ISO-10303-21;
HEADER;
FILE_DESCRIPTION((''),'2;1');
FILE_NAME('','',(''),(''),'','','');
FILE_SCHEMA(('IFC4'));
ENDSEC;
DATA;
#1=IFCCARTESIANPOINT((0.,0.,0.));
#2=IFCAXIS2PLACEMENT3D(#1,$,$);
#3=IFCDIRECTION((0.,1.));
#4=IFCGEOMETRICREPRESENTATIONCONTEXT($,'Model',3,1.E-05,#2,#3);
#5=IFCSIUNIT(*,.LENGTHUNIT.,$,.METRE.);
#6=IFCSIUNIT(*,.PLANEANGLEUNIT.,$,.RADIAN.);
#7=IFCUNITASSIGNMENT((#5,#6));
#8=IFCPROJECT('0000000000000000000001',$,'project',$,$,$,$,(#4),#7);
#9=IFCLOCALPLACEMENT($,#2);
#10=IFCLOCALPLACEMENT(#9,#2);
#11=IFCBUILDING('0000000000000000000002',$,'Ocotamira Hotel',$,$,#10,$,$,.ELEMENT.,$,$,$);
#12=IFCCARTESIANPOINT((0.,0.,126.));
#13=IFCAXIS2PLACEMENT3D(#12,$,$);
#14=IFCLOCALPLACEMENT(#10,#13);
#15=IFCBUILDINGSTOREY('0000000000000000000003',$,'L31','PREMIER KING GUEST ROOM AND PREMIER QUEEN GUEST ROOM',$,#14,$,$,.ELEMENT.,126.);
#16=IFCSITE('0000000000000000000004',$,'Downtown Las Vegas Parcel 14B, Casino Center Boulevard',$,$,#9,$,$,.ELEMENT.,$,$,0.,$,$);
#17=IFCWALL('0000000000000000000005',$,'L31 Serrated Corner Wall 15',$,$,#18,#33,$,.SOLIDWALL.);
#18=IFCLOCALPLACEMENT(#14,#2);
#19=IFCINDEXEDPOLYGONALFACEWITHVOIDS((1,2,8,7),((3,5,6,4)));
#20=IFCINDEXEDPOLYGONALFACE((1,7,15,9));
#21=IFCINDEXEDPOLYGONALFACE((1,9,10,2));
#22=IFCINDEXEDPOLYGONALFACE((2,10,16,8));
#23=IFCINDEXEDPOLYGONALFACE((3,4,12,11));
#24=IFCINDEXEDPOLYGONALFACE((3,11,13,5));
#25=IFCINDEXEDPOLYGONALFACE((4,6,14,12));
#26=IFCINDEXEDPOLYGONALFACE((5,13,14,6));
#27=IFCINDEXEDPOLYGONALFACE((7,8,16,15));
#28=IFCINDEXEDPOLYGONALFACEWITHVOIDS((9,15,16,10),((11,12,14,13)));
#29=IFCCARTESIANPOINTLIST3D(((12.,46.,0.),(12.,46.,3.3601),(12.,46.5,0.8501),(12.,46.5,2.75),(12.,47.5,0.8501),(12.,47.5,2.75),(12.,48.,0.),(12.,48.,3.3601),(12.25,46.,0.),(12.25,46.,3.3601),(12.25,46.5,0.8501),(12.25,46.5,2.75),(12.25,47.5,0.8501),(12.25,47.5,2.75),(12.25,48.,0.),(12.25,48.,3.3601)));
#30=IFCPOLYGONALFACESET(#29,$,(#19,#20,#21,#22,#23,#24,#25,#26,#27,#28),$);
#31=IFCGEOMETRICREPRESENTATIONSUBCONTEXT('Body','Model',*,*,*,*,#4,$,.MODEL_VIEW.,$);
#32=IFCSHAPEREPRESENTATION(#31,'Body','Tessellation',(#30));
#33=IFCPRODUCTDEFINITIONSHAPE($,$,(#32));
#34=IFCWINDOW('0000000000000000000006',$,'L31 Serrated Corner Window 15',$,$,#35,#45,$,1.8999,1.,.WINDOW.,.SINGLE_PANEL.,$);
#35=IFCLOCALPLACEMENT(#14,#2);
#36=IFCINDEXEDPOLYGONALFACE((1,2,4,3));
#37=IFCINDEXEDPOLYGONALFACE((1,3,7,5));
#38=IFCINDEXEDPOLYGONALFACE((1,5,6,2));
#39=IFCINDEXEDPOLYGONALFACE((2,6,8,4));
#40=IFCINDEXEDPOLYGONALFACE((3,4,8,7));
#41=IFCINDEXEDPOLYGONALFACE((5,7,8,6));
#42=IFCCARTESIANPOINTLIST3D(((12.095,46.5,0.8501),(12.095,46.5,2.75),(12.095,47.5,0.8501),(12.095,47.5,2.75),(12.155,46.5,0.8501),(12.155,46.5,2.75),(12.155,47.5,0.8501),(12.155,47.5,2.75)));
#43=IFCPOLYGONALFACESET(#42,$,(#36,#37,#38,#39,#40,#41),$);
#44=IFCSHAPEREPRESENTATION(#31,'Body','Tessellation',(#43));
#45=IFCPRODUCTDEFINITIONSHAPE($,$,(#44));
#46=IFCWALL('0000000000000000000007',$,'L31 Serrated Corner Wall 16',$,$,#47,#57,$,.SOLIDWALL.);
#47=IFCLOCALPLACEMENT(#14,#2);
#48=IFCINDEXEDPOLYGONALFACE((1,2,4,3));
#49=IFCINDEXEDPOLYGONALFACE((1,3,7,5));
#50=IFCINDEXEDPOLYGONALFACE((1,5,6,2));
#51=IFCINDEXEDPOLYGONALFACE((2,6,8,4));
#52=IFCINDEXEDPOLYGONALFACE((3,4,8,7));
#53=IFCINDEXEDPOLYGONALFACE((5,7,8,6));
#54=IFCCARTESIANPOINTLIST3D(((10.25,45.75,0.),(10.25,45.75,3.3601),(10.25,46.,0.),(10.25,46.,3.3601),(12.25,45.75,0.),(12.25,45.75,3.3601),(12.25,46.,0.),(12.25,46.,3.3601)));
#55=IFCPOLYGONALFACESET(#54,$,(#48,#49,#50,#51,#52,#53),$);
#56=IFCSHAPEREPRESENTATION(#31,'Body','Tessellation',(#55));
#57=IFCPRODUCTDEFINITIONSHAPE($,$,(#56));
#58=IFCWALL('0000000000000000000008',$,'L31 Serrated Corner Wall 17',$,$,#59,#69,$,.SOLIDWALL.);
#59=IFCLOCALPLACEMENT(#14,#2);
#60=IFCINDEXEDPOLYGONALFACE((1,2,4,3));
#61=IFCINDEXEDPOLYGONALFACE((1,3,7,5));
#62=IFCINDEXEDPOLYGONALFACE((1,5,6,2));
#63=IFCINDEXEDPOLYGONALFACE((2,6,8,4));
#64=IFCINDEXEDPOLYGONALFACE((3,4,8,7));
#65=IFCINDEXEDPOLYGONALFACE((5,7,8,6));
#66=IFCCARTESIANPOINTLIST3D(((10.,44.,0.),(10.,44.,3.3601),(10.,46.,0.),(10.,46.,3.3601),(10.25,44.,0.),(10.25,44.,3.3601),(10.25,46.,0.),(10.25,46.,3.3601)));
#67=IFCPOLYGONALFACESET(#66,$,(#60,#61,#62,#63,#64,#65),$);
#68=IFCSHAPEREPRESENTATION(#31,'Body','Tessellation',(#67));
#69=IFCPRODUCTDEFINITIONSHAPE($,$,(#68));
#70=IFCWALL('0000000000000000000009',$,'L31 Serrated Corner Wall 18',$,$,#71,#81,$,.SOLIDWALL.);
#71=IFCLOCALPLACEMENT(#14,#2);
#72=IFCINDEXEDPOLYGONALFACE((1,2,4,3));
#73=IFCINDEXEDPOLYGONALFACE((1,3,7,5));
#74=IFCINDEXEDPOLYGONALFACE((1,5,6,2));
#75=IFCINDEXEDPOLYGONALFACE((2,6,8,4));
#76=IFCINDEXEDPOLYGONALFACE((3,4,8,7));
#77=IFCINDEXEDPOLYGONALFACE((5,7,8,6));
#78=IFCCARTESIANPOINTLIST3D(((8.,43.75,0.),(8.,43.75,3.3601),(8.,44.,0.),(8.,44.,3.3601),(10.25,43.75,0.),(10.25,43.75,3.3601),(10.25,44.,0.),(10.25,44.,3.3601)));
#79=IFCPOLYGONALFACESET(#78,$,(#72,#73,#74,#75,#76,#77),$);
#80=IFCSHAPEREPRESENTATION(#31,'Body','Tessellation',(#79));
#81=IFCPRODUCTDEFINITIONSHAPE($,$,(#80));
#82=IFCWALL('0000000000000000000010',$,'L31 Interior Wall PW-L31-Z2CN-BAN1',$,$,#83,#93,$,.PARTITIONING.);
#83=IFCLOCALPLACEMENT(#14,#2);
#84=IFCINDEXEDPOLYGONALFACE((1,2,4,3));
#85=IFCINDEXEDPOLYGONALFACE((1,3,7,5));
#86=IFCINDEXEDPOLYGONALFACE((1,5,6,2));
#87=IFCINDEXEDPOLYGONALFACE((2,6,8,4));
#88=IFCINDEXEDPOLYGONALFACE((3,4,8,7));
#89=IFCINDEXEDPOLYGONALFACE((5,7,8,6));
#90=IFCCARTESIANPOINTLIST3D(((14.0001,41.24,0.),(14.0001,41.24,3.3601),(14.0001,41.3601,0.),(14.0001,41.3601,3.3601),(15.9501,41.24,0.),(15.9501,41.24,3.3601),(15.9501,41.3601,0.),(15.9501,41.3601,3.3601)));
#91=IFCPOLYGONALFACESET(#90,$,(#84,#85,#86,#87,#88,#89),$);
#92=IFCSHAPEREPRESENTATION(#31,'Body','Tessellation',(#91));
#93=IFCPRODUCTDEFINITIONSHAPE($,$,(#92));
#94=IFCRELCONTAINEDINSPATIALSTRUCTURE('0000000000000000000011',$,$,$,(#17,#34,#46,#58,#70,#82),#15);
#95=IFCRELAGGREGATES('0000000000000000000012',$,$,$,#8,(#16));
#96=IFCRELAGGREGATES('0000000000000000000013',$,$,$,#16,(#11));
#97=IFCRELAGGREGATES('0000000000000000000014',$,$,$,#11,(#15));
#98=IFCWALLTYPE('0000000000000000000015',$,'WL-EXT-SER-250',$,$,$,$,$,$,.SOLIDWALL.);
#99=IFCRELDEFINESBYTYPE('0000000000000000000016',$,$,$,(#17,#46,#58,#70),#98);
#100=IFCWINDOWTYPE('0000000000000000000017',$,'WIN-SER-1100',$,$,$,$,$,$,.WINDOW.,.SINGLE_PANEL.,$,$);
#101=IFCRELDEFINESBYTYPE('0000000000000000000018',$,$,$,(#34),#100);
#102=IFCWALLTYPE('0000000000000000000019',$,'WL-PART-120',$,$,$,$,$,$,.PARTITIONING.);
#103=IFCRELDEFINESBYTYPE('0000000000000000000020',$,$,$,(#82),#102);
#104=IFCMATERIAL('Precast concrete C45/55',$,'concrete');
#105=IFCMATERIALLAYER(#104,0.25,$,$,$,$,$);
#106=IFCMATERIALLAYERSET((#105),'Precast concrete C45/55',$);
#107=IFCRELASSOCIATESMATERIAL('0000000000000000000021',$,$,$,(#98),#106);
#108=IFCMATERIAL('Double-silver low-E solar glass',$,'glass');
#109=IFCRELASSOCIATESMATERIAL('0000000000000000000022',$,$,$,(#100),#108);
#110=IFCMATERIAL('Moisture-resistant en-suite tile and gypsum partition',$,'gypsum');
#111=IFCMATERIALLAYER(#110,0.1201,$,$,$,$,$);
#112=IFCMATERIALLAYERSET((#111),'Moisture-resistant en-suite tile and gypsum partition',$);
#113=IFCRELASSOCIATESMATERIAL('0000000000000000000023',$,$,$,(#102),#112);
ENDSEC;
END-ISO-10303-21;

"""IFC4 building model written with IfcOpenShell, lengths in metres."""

from ifc_helpers import new_model, si_unit, direction, frame, frame_2d, origin, place, context, subcontext, project, spatial, rectangle, extrude, source, transform, mapped, material, layer, layer_set, type_object, element, fill, save


model = new_model("IFC4")

# Units and contexts
model_context = context("Model", 3, precision=1e-05, world=origin(), true_north=direction((0.0, 1.0)))
body_context = subcontext(model_context, "Body", "Model", "MODEL_VIEW")
ifc_project = project(units=[si_unit("LENGTHUNIT", "METRE"), si_unit("PLANEANGLEUNIT", "RADIAN")], contexts=[model_context])

# Site, building, storey
site_placement = place(None, origin())
site = spatial("IfcSite", under=ifc_project, at=site_placement, Name="Downtown Las Vegas Parcel 14B, Casino Center Boulevard", CompositionType="ELEMENT", RefElevation=0.0)
building_placement = place(site_placement, origin())
building = spatial("IfcBuilding", under=site, at=building_placement, Name="Ocotamira Hotel", CompositionType="ELEMENT")
storey_placement = place(building_placement, frame((0.0, 0.0, 126.0)))
storey = spatial("IfcBuildingStorey", under=building, at=storey_placement, Name="L31", Description="PREMIER KING GUEST ROOM AND PREMIER QUEEN GUEST ROOM", CompositionType="ELEMENT", Elevation=126.0)

# Shared definitions
ifc_material_1 = material(Name="Precast concrete C45/55", Category="concrete")
ifc_layer_1 = layer(ifc_material_1, 0.25)
ifc_layer_set_1 = layer_set([ifc_layer_1], Name="Precast concrete C45/55")
wall_type_1 = type_object("IfcWallType", Name="WL-EXT-SER-250", PredefinedType="SOLIDWALL", material=ifc_layer_set_1)

# Wall, opening, window
wall_1_placement = place(storey_placement, frame((12.125, 48.0, 0.0), z_axis=(0.0, 0.0, 1.0), x_axis=(0.0, -1.0, 0.0)))
wall_1 = element("IfcWall", 1, at=wall_1_placement, inside=storey, type_object=wall_type_1, Name="L31 Serrated Corner Wall 15", PredefinedType="SOLIDWALL", context=body_context, shape_type="SweptSolid", body=[
    extrude(rectangle(XDim=2.0, YDim=0.25, at=frame_2d((1.0, 0.0))), origin(), (0.0, 0.0, 1.0), 3.3601),
])
opening_placement = place(wall_1_placement, frame((0.5, 0.0, 0.8501)))
opening = element("IfcOpeningElement", 2, at=opening_placement, cuts=wall_1, PredefinedType="OPENING", context=body_context, shape_type="SweptSolid", body=[
    extrude(rectangle(XDim=1.0, YDim=1.8999, at=frame_2d((0.5, 0.95))), frame((0.0, 0.135, 0.0), z_axis=(0.0, -1.0, 0.0), x_axis=(1.0, 0.0, 0.0)), (0.0, 0.0, 1.0), 0.27),
])
ifc_material_2 = material(Name="Double-silver low-E solar glass", Category="glass")
window_type = type_object("IfcWindowType", Name="WIN-SER-1100", PartitioningType="SINGLE_PANEL", PredefinedType="WINDOW", material=ifc_material_2)
shared_shape_1 = source(origin(), body_context, "Body", "SweptSolid", [
    extrude(rectangle(XDim=1.0, YDim=1.8999, at=frame_2d((0.5, 0.95))), frame((0.0, 0.03, 0.0), z_axis=(0.0, -1.0, 0.0), x_axis=(1.0, 0.0, 0.0)), (0.0, 0.0, 1.0), 0.0601),
])
window_placement = place(opening_placement, origin())
window = element("IfcWindow", 3, at=window_placement, inside=storey, type_object=window_type, Name="L31 Serrated Corner Window 15", OverallHeight=1.8999, OverallWidth=1.0, PartitioningType="SINGLE_PANEL", PredefinedType="WINDOW", context=body_context, shape_type="MappedRepresentation", body=[
    mapped(shared_shape_1, transform((0.0, 0.0, 0.0), scale=1.0)),
])
fill(opening, window)

# Walls
for number, where, z_axis, x_axis, name in (
    (4, (12.25, 45.875, 0.0), (0.0, 0.0, 1.0), (-1.0, 0.0, 0.0), "L31 Serrated Corner Wall 16"),
    (5, (10.125, 46.0, 0.0), (0.0, 0.0, 1.0), (0.0, -1.0, 0.0), "L31 Serrated Corner Wall 17"),
):
    element("IfcWall", number, at=place(storey_placement, frame(where, z_axis=z_axis, x_axis=x_axis)), inside=storey, type_object=wall_type_1, Name=name, PredefinedType="SOLIDWALL", context=body_context, shape_type="SweptSolid", body=[
        extrude(rectangle(XDim=2.0, YDim=0.25, at=frame_2d((1.0, 0.0))), origin(), (0.0, 0.0, 1.0), 3.3601),
    ])
wall_2_placement = place(storey_placement, frame((10.25, 43.875, 0.0), z_axis=(0.0, 0.0, 1.0), x_axis=(-1.0, 0.0, 0.0)))
element("IfcWall", 6, at=wall_2_placement, inside=storey, type_object=wall_type_1, Name="L31 Serrated Corner Wall 18", PredefinedType="SOLIDWALL", context=body_context, shape_type="SweptSolid", body=[
    extrude(rectangle(XDim=2.25, YDim=0.25, at=frame_2d((1.125, 0.0))), origin(), (0.0, 0.0, 1.0), 3.3601),
])
ifc_material_3 = material(Name="Moisture-resistant en-suite tile and gypsum partition", Category="gypsum")
ifc_layer_2 = layer(ifc_material_3, 0.1201)
ifc_layer_set_2 = layer_set([ifc_layer_2], Name="Moisture-resistant en-suite tile and gypsum partition")
wall_type_2 = type_object("IfcWallType", Name="WL-PART-120", PredefinedType="PARTITIONING", material=ifc_layer_set_2)
wall_3_placement = place(storey_placement, frame((14.0, 41.3, 0.0), z_axis=(0.0, 0.0, 1.0), x_axis=(1.0, 0.0, 0.0)))
element("IfcWall", 7, at=wall_3_placement, inside=storey, type_object=wall_type_2, Name="L31 Interior Wall PW-L31-Z2CN-BAN1", PredefinedType="PARTITIONING", context=body_context, shape_type="SweptSolid", body=[
    extrude(rectangle(XDim=1.95, YDim=0.1201, at=frame_2d((0.9751, 0.0))), origin(), (0.0, 0.0, 1.0), 3.3601),
])

save(model, "model.ifc")
